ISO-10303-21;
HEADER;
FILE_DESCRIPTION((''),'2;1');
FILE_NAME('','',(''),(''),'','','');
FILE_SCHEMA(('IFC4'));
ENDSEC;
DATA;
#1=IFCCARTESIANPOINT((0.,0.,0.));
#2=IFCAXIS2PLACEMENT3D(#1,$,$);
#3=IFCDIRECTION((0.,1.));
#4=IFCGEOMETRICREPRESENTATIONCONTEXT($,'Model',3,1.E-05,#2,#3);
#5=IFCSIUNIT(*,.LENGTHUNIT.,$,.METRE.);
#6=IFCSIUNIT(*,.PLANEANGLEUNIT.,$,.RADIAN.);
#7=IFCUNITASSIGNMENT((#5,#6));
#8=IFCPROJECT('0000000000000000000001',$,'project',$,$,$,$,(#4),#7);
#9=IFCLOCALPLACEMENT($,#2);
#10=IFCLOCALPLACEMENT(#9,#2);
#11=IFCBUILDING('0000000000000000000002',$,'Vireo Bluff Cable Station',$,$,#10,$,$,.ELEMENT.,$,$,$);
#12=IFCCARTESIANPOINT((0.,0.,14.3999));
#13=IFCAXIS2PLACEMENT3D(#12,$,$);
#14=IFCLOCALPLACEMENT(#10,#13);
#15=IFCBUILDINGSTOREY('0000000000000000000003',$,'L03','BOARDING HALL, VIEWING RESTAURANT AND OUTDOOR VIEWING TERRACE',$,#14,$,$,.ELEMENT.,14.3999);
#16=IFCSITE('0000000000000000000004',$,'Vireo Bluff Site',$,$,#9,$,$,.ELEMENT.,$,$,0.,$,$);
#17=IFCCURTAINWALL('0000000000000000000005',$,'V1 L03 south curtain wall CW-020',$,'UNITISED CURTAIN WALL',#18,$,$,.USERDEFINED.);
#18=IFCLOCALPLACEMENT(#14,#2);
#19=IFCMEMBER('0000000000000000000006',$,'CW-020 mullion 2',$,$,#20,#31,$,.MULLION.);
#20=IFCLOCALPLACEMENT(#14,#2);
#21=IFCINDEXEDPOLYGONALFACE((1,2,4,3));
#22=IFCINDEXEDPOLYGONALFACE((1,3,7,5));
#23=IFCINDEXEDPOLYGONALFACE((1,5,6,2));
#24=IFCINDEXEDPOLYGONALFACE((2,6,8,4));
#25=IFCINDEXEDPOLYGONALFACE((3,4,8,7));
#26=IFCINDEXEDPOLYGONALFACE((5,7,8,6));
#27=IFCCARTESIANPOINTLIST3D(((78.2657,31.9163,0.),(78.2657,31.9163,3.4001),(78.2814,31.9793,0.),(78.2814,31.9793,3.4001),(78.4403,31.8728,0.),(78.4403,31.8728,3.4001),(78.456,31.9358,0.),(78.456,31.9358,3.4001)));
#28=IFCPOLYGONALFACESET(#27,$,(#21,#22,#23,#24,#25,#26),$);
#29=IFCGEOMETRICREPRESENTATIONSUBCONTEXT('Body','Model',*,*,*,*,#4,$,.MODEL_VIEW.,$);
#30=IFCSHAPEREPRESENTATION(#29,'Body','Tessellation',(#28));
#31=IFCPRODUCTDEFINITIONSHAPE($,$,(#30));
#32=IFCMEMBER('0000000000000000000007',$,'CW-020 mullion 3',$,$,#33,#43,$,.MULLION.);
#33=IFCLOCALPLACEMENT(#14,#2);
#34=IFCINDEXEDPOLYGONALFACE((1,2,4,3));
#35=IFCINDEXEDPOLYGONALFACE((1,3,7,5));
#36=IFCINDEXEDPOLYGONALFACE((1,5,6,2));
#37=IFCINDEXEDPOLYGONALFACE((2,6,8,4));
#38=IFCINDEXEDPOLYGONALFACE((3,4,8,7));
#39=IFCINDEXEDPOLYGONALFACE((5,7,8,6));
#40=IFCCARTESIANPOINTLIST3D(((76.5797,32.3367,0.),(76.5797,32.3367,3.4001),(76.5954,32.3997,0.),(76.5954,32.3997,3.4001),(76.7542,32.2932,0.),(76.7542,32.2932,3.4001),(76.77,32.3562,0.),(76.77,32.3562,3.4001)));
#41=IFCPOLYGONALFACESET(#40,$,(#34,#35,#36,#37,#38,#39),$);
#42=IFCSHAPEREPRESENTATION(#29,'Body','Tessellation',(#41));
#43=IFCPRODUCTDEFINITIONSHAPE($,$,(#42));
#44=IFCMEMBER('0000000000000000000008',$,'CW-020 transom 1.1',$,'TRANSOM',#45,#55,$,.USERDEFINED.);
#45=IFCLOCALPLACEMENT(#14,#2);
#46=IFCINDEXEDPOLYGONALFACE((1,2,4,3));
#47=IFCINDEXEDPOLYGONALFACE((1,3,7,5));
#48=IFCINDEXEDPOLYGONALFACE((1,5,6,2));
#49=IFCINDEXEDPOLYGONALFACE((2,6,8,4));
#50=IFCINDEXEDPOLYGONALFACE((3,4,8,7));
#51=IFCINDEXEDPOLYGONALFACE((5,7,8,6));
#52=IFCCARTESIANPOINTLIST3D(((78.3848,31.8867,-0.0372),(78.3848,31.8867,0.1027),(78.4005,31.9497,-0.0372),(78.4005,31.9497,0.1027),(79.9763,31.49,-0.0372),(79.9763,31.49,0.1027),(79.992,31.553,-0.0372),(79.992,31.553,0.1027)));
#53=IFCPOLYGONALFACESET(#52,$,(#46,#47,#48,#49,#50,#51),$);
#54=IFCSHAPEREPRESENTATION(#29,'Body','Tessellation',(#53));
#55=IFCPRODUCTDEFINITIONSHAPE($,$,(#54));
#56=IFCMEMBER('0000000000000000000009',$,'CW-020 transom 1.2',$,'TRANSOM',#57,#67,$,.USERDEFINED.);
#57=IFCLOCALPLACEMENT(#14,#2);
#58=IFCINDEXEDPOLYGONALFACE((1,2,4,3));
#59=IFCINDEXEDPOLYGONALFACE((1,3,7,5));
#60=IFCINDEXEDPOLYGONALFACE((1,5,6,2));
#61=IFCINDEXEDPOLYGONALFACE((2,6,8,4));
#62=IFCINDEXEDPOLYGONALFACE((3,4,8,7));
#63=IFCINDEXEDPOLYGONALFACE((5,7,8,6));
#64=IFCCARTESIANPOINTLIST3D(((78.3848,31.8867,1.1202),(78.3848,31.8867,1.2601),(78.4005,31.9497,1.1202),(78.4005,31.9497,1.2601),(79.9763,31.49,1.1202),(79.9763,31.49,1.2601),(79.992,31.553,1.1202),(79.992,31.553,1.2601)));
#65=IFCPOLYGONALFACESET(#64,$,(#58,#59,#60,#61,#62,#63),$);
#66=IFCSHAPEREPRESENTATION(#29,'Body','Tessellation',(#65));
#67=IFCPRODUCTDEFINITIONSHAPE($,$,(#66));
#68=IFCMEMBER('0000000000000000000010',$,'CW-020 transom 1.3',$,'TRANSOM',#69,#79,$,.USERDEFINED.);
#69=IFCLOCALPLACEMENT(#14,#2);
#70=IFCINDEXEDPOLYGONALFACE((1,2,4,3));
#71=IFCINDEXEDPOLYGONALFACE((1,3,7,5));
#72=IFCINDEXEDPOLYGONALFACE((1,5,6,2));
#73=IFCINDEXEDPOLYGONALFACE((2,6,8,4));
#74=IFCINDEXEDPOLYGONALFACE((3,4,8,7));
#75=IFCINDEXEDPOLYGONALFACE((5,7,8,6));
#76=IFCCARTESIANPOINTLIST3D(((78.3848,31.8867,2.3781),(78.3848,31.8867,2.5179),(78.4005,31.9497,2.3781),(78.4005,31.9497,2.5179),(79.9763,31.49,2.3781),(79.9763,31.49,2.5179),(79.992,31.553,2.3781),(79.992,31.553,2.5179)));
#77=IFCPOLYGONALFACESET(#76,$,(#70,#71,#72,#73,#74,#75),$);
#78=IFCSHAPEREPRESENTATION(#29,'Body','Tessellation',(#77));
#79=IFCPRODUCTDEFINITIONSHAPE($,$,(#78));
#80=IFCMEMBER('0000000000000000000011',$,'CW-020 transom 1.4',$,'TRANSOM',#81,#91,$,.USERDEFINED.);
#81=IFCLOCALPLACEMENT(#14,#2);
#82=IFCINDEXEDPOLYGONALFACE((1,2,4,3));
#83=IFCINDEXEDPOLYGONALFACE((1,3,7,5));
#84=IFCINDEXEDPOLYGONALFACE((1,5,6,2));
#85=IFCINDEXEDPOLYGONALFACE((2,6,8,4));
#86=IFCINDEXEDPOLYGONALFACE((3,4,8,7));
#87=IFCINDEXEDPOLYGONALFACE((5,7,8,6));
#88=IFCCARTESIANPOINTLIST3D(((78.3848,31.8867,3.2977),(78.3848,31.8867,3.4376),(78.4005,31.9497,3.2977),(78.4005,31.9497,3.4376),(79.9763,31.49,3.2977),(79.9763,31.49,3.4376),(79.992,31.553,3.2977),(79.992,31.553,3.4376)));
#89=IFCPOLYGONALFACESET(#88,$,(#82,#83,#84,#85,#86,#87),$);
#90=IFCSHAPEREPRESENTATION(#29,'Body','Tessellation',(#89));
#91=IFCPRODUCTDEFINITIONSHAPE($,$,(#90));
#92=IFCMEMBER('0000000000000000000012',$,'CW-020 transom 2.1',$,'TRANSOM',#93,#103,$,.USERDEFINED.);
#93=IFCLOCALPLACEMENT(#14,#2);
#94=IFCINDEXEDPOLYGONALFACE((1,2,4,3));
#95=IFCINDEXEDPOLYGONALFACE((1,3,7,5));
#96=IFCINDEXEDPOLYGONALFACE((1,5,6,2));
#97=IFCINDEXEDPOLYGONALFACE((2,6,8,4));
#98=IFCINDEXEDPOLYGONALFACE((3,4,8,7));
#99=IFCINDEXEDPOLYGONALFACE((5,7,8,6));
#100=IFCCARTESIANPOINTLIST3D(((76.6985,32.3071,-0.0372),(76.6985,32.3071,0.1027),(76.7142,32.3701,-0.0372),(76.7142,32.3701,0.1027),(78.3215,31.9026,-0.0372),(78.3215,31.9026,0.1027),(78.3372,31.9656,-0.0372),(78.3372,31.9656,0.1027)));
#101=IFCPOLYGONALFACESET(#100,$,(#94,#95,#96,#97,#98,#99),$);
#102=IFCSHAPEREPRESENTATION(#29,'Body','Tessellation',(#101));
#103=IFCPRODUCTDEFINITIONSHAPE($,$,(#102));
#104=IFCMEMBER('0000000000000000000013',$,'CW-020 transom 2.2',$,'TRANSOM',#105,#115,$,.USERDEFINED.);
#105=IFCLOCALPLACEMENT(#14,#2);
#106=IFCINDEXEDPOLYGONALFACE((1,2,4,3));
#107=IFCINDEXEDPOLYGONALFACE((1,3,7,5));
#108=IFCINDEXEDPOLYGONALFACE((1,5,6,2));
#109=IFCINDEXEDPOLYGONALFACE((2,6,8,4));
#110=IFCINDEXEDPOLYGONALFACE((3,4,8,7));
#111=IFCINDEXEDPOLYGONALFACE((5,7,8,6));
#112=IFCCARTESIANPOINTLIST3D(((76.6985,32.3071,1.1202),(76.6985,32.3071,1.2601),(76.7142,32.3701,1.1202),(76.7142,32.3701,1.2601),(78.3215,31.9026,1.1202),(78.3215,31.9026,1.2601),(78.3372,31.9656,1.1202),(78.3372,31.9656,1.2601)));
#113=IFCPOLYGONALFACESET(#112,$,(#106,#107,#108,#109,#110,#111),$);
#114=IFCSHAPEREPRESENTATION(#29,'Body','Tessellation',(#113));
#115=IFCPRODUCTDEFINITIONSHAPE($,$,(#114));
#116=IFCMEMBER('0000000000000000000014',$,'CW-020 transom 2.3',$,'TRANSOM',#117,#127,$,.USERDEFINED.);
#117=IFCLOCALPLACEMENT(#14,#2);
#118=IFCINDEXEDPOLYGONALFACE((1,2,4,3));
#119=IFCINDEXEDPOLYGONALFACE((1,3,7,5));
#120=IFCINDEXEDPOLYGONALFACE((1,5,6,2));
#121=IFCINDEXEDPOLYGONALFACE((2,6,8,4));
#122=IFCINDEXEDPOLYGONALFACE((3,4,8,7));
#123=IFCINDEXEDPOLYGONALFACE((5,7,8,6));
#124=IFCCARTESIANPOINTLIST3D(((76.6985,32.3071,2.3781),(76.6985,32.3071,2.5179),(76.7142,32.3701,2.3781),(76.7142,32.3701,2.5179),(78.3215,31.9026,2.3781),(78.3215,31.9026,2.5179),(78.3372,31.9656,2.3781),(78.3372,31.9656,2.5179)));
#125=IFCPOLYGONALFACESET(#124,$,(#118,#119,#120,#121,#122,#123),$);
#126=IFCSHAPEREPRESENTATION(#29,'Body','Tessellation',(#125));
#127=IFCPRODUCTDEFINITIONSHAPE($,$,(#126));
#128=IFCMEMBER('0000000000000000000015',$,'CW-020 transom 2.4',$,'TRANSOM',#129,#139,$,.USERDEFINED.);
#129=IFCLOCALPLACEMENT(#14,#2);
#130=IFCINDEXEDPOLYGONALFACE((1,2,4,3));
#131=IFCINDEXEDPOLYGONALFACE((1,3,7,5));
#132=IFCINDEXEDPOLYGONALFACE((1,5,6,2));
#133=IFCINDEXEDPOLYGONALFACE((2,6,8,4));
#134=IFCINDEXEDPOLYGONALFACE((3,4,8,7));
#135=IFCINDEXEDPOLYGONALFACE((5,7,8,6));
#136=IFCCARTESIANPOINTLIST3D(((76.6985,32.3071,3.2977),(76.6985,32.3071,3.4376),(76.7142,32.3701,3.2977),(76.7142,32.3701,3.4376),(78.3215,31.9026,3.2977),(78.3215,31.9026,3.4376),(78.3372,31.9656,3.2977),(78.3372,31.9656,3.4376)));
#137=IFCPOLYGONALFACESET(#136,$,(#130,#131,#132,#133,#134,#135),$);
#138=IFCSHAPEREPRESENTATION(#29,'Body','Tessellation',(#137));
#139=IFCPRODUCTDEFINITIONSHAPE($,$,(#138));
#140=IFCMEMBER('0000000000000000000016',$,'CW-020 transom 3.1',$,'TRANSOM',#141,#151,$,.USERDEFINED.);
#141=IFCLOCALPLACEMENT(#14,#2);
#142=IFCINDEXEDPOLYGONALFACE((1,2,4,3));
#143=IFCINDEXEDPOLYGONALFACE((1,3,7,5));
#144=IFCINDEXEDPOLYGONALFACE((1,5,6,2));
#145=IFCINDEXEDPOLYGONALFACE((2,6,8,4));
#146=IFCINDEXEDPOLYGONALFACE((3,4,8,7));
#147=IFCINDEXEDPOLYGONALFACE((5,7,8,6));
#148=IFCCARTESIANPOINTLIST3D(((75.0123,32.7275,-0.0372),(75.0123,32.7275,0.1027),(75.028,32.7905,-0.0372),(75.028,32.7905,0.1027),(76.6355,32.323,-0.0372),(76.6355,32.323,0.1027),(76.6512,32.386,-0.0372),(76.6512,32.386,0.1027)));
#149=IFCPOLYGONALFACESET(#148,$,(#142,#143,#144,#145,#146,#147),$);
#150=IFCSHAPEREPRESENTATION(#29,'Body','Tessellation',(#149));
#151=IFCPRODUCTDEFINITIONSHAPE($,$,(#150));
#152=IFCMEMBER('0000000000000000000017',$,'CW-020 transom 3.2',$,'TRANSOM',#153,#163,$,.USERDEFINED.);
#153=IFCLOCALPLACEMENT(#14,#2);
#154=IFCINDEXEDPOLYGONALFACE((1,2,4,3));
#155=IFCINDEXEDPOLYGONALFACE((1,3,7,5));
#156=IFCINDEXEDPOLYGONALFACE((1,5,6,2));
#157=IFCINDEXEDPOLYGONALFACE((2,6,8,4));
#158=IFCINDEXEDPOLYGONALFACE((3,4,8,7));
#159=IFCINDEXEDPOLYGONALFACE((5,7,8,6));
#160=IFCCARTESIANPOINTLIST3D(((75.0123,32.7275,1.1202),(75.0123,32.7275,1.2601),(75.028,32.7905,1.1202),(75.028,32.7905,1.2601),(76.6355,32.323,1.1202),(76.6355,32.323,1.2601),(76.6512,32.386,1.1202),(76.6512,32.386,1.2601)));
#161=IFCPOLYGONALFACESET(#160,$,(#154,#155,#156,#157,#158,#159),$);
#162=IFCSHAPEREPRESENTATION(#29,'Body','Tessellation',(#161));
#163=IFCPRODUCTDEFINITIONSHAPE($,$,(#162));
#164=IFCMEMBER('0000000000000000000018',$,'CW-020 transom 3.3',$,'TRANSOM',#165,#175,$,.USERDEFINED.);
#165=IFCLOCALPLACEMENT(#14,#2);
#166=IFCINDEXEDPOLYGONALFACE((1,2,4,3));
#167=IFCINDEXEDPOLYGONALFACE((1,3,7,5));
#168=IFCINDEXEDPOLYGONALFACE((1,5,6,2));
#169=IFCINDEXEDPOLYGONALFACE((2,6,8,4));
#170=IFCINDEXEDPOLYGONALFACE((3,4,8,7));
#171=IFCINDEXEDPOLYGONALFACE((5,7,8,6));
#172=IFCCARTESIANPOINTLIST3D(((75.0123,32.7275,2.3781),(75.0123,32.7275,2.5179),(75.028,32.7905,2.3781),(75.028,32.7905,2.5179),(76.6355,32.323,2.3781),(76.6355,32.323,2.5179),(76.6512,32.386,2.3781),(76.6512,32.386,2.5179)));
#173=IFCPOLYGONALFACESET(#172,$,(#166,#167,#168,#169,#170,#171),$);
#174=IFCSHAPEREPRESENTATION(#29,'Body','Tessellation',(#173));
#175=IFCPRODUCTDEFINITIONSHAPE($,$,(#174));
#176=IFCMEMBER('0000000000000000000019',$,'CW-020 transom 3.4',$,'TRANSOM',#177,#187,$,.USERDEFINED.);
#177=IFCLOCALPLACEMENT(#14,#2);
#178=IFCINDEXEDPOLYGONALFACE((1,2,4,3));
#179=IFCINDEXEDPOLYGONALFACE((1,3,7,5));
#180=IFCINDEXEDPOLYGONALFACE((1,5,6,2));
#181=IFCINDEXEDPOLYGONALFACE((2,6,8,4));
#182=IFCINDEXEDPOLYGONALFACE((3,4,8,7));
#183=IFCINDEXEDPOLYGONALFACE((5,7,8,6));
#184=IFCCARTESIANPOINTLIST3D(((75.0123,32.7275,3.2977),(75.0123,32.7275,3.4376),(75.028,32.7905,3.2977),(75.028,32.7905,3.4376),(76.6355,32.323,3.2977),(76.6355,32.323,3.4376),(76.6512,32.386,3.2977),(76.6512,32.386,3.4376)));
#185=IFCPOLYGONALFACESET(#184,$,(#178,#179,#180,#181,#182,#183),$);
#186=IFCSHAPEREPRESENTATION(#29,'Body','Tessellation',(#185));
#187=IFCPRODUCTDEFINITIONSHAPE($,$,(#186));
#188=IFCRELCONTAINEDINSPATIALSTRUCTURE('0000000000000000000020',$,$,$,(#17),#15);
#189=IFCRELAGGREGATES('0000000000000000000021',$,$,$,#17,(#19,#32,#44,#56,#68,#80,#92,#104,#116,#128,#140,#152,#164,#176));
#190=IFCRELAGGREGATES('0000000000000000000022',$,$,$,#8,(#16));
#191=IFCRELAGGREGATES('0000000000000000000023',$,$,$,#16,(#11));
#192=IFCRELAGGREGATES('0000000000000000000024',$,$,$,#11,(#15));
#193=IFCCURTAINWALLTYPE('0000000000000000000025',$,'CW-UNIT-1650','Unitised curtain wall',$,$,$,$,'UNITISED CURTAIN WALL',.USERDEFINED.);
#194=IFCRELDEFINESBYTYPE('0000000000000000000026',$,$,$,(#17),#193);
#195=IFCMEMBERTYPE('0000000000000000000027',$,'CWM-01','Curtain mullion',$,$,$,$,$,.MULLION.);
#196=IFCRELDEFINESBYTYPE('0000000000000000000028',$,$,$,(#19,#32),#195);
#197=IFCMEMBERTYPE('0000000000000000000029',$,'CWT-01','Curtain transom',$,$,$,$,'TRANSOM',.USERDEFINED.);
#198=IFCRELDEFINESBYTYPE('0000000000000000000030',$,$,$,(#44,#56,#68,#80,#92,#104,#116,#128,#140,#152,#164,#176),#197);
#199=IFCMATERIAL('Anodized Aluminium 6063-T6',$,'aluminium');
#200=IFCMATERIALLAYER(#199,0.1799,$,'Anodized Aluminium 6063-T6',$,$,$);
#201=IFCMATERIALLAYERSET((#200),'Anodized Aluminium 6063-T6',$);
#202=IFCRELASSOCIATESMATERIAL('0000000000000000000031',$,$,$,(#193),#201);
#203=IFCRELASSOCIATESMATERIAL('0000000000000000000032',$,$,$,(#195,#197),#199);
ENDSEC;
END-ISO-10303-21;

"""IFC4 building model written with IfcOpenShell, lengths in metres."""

from ifc_helpers import new_model, si_unit, direction, frame, origin, origin_2d, place, context, subcontext, project, spatial, rectangle, extrude, material, layer, layer_set, material_profile, profile_set, type_object, element, aggregate, save


model = new_model("IFC4")

# Units and contexts
model_context = context("Model", 3, precision=1e-05, world=origin(), true_north=direction((0.0, 1.0)))
body_context = subcontext(model_context, "Body", "Model", "MODEL_VIEW")
ifc_project = project(units=[si_unit("LENGTHUNIT", "METRE"), si_unit("PLANEANGLEUNIT", "RADIAN")], contexts=[model_context])

# Site, building, storey
site_placement = place(None, origin())
site = spatial("IfcSite", under=ifc_project, at=site_placement, Name="Vireo Bluff Site", CompositionType="ELEMENT", RefElevation=0.0)
building_placement = place(site_placement, origin())
building = spatial("IfcBuilding", under=site, at=building_placement, Name="Vireo Bluff Cable Station", CompositionType="ELEMENT")
storey_placement = place(building_placement, frame((0.0, 0.0, 14.3999)))
storey = spatial("IfcBuildingStorey", under=building, at=storey_placement, Name="L03", Description="BOARDING HALL, VIEWING RESTAURANT AND OUTDOOR VIEWING TERRACE", CompositionType="ELEMENT", Elevation=14.3999)

# Curtain wall, members
ifc_material_1 = material(Name="Anodized Aluminium 6063-T6", Category="aluminium")
ifc_layer_1 = layer(ifc_material_1, 0.1799, Name="Anodized Aluminium 6063-T6")
ifc_layer_set_1 = layer_set([ifc_layer_1], Name="Anodized Aluminium 6063-T6")
curtain_wall_type = type_object("IfcCurtainWallType", Name="CW-UNIT-1650", Description="Unitised curtain wall", ElementType="UNITISED CURTAIN WALL", PredefinedType="USERDEFINED", material=ifc_layer_set_1)
curtain_wall_placement = place(storey_placement, origin())
curtain_wall = element("IfcCurtainWall", 1, at=curtain_wall_placement, inside=storey, type_object=curtain_wall_type, Name="V1 L03 south curtain wall CW-020", ObjectType="UNITISED CURTAIN WALL", PredefinedType="USERDEFINED")
ifc_material_profile_1 = material_profile(ifc_material_1, rectangle(XDim=0.0649, YDim=0.1799, at=origin_2d()), Name="ALU-M-65X180")
ifc_profile_set_1 = profile_set([ifc_material_profile_1], Name="Anodized Aluminium 6063-T6")
member_type_1 = type_object("IfcMemberType", Name="CWM-01", Description="Curtain mullion", PredefinedType="MULLION", material=ifc_profile_set_1)
member_1_placement = place(storey_placement, frame((78.3608, 31.926, 0.0), z_axis=(0.0, 0.0, 1.0), x_axis=(-0.241922, -0.970296, 0.0)))
member_1 = element("IfcMember", 2, at=member_1_placement, type_object=member_type_1, Name="CW-020 mullion 2", PredefinedType="MULLION", context=body_context, shape_type="SweptSolid", body=[
    extrude(rectangle(XDim=0.0649, YDim=0.1799, at=origin_2d()), origin(), (0.0, 0.0, 1.0), 3.4001),
])
member_2_placement = place(storey_placement, frame((76.6748, 32.3464, 0.0), z_axis=(0.0, 0.0, 1.0), x_axis=(-0.241922, -0.970296, 0.0)))
member_2 = element("IfcMember", 3, at=member_2_placement, type_object=member_type_1, Name="CW-020 mullion 3", PredefinedType="MULLION", context=body_context, shape_type="SweptSolid", body=[
    extrude(rectangle(XDim=0.0649, YDim=0.1799, at=origin_2d()), origin(), (0.0, 0.0, 1.0), 3.4001),
])
ifc_material_profile_2 = material_profile(ifc_material_1, rectangle(XDim=0.0649, YDim=0.1399, at=origin_2d()), Name="ALU-T-65X140")
ifc_profile_set_2 = profile_set([ifc_material_profile_2], Name="Anodized Aluminium 6063-T6")
member_type_2 = type_object("IfcMemberType", Name="CWT-01", Description="Curtain transom", ElementType="TRANSOM", PredefinedType="USERDEFINED", material=ifc_profile_set_2)
member_3_placement = place(storey_placement, frame((79.9841, 31.5215, 0.0327), z_axis=(-0.970309, 0.24187, 0.0), x_axis=(-0.24187, -0.970309, 0.0)))
member_3 = element("IfcMember", 4, at=member_3_placement, type_object=member_type_2, Name="CW-020 transom 1.1", ObjectType="TRANSOM", PredefinedType="USERDEFINED", context=body_context, shape_type="SweptSolid", body=[
    extrude(rectangle(XDim=0.0649, YDim=0.1399, at=origin_2d()), origin(), (0.0, 0.0, 1.0), 1.6401),
])
member_4_placement = place(storey_placement, frame((79.9841, 31.5215, 1.1902), z_axis=(-0.970309, 0.24187, 0.0), x_axis=(-0.24187, -0.970309, 0.0)))
member_4 = element("IfcMember", 5, at=member_4_placement, type_object=member_type_2, Name="CW-020 transom 1.2", ObjectType="TRANSOM", PredefinedType="USERDEFINED", context=body_context, shape_type="SweptSolid", body=[
    extrude(rectangle(XDim=0.0649, YDim=0.1399, at=origin_2d()), origin(), (0.0, 0.0, 1.0), 1.6401),
])
member_5_placement = place(storey_placement, frame((79.9841, 31.5215, 2.448), z_axis=(-0.970309, 0.24187, 0.0), x_axis=(-0.24187, -0.970309, 0.0)))
member_5 = element("IfcMember", 6, at=member_5_placement, type_object=member_type_2, Name="CW-020 transom 1.3", ObjectType="TRANSOM", PredefinedType="USERDEFINED", context=body_context, shape_type="SweptSolid", body=[
    extrude(rectangle(XDim=0.0649, YDim=0.1399, at=origin_2d()), origin(), (0.0, 0.0, 1.0), 1.6401),
])
member_6_placement = place(storey_placement, frame((79.9841, 31.5215, 3.3677), z_axis=(-0.970309, 0.24187, 0.0), x_axis=(-0.24187, -0.970309, 0.0)))
member_6 = element("IfcMember", 7, at=member_6_placement, type_object=member_type_2, Name="CW-020 transom 1.4", ObjectType="TRANSOM", PredefinedType="USERDEFINED", context=body_context, shape_type="SweptSolid", body=[
    extrude(rectangle(XDim=0.0649, YDim=0.1399, at=origin_2d()), origin(), (0.0, 0.0, 1.0), 1.6401),
])
member_7_placement = place(storey_placement, frame((78.3293, 31.9341, 0.0327), z_axis=(-0.970314, 0.241849, 0.0), x_axis=(-0.241849, -0.970314, 0.0)))
member_7 = element("IfcMember", 8, at=member_7_placement, type_object=member_type_2, Name="CW-020 transom 2.1", ObjectType="TRANSOM", PredefinedType="USERDEFINED", context=body_context, shape_type="SweptSolid", body=[
    extrude(rectangle(XDim=0.0649, YDim=0.1399, at=origin_2d()), origin(), (0.0, 0.0, 1.0), 1.6726),
])
member_8_placement = place(storey_placement, frame((78.3293, 31.9341, 1.1902), z_axis=(-0.970314, 0.241849, 0.0), x_axis=(-0.241849, -0.970314, 0.0)))
member_8 = element("IfcMember", 9, at=member_8_placement, type_object=member_type_2, Name="CW-020 transom 2.2", ObjectType="TRANSOM", PredefinedType="USERDEFINED", context=body_context, shape_type="SweptSolid", body=[
    extrude(rectangle(XDim=0.0649, YDim=0.1399, at=origin_2d()), origin(), (0.0, 0.0, 1.0), 1.6726),
])
member_9_placement = place(storey_placement, frame((78.3293, 31.9341, 2.448), z_axis=(-0.970314, 0.241849, 0.0), x_axis=(-0.241849, -0.970314, 0.0)))
member_9 = element("IfcMember", 10, at=member_9_placement, type_object=member_type_2, Name="CW-020 transom 2.3", ObjectType="TRANSOM", PredefinedType="USERDEFINED", context=body_context, shape_type="SweptSolid", body=[
    extrude(rectangle(XDim=0.0649, YDim=0.1399, at=origin_2d()), origin(), (0.0, 0.0, 1.0), 1.6726),
])
member_10_placement = place(storey_placement, frame((78.3293, 31.9341, 3.3677), z_axis=(-0.970314, 0.241849, 0.0), x_axis=(-0.241849, -0.970314, 0.0)))
member_10 = element("IfcMember", 11, at=member_10_placement, type_object=member_type_2, Name="CW-020 transom 2.4", ObjectType="TRANSOM", PredefinedType="USERDEFINED", context=body_context, shape_type="SweptSolid", body=[
    extrude(rectangle(XDim=0.0649, YDim=0.1399, at=origin_2d()), origin(), (0.0, 0.0, 1.0), 1.6726),
])
member_11_placement = place(storey_placement, frame((76.6433, 32.3545, 0.0327), z_axis=(-0.970323, 0.241814, 0.0), x_axis=(-0.241814, -0.970323, 0.0)))
member_11 = element("IfcMember", 12, at=member_11_placement, type_object=member_type_2, Name="CW-020 transom 3.1", ObjectType="TRANSOM", PredefinedType="USERDEFINED", context=body_context, shape_type="SweptSolid", body=[
    extrude(rectangle(XDim=0.0649, YDim=0.1399, at=origin_2d()), origin(), (0.0, 0.0, 1.0), 1.6729),
])
member_12_placement = place(storey_placement, frame((76.6433, 32.3545, 1.1902), z_axis=(-0.970323, 0.241814, 0.0), x_axis=(-0.241814, -0.970323, 0.0)))
member_12 = element("IfcMember", 13, at=member_12_placement, type_object=member_type_2, Name="CW-020 transom 3.2", ObjectType="TRANSOM", PredefinedType="USERDEFINED", context=body_context, shape_type="SweptSolid", body=[
    extrude(rectangle(XDim=0.0649, YDim=0.1399, at=origin_2d()), origin(), (0.0, 0.0, 1.0), 1.6729),
])
member_13_placement = place(storey_placement, frame((76.6433, 32.3545, 2.448), z_axis=(-0.970323, 0.241814, 0.0), x_axis=(-0.241814, -0.970323, 0.0)))
member_13 = element("IfcMember", 14, at=member_13_placement, type_object=member_type_2, Name="CW-020 transom 3.3", ObjectType="TRANSOM", PredefinedType="USERDEFINED", context=body_context, shape_type="SweptSolid", body=[
    extrude(rectangle(XDim=0.0649, YDim=0.1399, at=origin_2d()), origin(), (0.0, 0.0, 1.0), 1.6729),
])
member_14_placement = place(storey_placement, frame((76.6433, 32.3545, 3.3677), z_axis=(-0.970323, 0.241814, 0.0), x_axis=(-0.241814, -0.970323, 0.0)))
member_14 = element("IfcMember", 15, at=member_14_placement, type_object=member_type_2, Name="CW-020 transom 3.4", ObjectType="TRANSOM", PredefinedType="USERDEFINED", context=body_context, shape_type="SweptSolid", body=[
    extrude(rectangle(XDim=0.0649, YDim=0.1399, at=origin_2d()), origin(), (0.0, 0.0, 1.0), 1.6729),
])
aggregate(curtain_wall, [member_1, member_2, member_3, member_4, member_5, member_6, member_7, member_8, member_9, member_10, member_11, member_12, member_13, member_14])

save(model, "model.ifc")
